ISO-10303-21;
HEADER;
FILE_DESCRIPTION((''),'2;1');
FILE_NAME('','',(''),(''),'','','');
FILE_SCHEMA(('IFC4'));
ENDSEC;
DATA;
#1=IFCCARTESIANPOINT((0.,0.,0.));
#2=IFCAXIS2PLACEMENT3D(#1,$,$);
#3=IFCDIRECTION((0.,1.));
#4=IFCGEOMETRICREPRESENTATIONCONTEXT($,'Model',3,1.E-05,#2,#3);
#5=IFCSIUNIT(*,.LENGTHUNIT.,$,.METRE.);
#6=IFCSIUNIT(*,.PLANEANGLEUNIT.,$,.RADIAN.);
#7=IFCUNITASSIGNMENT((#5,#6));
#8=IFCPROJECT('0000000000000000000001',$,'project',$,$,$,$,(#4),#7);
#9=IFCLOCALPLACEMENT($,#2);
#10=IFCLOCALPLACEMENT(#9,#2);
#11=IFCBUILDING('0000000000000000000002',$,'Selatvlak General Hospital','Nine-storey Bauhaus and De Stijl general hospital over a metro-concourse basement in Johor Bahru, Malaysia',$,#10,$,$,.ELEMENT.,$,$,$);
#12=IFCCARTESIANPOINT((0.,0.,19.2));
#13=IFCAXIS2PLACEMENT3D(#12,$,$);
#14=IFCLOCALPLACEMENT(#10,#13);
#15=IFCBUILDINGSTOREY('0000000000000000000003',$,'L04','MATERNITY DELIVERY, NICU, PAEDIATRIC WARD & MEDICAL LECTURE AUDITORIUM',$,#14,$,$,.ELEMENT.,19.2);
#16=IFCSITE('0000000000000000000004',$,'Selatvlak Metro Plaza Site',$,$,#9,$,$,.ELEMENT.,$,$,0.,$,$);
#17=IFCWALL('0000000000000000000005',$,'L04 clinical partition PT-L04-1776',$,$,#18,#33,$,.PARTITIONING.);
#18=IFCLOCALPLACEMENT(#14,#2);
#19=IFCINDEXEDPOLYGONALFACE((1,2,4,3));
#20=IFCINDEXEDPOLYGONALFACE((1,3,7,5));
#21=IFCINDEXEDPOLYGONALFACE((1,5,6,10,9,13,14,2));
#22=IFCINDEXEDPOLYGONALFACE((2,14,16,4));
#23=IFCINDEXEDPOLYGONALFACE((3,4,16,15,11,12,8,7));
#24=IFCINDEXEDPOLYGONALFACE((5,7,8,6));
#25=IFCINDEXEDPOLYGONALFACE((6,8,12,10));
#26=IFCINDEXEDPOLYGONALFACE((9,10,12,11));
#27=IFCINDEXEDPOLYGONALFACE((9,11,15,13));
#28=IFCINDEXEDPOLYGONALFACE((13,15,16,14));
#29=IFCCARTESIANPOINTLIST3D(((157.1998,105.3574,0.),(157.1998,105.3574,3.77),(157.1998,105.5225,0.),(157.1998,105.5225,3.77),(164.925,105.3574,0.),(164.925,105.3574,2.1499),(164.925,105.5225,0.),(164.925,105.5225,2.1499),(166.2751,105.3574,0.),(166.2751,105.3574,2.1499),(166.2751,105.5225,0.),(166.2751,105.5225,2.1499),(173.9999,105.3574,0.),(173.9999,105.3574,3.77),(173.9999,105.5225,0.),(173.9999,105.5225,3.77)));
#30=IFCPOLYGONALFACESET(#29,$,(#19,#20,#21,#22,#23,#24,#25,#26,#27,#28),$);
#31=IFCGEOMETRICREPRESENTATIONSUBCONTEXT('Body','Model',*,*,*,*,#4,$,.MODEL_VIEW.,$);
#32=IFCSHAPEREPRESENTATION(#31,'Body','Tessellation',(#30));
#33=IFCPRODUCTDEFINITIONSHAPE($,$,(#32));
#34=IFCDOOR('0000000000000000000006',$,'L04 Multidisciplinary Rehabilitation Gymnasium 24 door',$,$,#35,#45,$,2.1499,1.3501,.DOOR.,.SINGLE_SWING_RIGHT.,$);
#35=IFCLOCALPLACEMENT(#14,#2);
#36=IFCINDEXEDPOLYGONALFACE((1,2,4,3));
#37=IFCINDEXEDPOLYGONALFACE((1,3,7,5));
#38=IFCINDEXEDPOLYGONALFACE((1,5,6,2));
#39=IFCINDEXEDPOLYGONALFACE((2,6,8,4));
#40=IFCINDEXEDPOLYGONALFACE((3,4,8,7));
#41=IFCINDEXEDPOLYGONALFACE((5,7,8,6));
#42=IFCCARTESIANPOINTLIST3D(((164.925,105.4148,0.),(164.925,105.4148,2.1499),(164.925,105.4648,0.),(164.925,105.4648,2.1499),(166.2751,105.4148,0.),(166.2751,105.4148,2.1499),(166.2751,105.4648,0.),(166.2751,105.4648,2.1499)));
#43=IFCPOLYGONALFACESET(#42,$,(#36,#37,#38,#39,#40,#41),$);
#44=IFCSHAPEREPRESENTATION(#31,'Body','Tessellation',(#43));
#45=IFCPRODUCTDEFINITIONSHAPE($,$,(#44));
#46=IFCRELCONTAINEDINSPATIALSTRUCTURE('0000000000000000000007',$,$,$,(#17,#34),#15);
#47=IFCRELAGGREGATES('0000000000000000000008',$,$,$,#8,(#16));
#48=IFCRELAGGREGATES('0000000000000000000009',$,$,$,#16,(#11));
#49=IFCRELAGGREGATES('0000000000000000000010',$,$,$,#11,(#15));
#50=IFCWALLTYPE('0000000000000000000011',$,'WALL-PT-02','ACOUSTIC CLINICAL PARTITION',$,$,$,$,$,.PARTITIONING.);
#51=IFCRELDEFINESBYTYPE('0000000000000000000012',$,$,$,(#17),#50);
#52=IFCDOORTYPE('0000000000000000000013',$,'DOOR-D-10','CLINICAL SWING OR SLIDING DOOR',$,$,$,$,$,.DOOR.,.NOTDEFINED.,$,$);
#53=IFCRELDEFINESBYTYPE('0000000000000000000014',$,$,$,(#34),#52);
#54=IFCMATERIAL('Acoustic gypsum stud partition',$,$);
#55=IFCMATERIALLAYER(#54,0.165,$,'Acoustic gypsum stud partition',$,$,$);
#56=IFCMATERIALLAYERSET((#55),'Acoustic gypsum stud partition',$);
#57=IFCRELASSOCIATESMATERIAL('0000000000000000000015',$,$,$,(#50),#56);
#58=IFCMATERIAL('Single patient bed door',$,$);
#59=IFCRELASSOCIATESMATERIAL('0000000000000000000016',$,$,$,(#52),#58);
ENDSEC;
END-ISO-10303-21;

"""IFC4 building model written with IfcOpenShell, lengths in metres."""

from ifc_helpers import new_model, si_unit, direction, frame, frame_2d, origin, place, context, subcontext, project, spatial, rectangle, extrude, material, layer, layer_set, type_object, element, fill, save


model = new_model("IFC4")

# Units and contexts
model_context = context("Model", 3, precision=1e-05, world=origin(), true_north=direction((0.0, 1.0)))
body_context = subcontext(model_context, "Body", "Model", "MODEL_VIEW")
ifc_project = project(units=[si_unit("LENGTHUNIT", "METRE"), si_unit("PLANEANGLEUNIT", "RADIAN")], contexts=[model_context])

# Site, building, storey
site_placement = place(None, origin())
site = spatial("IfcSite", under=ifc_project, at=site_placement, Name="Selatvlak Metro Plaza Site", CompositionType="ELEMENT", RefElevation=0.0)
building_placement = place(site_placement, origin())
building = spatial("IfcBuilding", under=site, at=building_placement, Name="Selatvlak General Hospital", Description="Nine-storey Bauhaus and De Stijl general hospital over a metro-concourse basement in Johor Bahru, Malaysia", CompositionType="ELEMENT")
storey_placement = place(building_placement, frame((0.0, 0.0, 19.2)))
storey = spatial("IfcBuildingStorey", under=building, at=storey_placement, Name="L04", Description="MATERNITY DELIVERY, NICU, PAEDIATRIC WARD & MEDICAL LECTURE AUDITORIUM", CompositionType="ELEMENT", Elevation=19.2)

# Shared definitions
ifc_material_1 = material(Name="Acoustic gypsum stud partition")

# Wall, opening, door
ifc_layer_1 = layer(ifc_material_1, 0.165, Name="Acoustic gypsum stud partition")
ifc_layer_set_1 = layer_set([ifc_layer_1], Name="Acoustic gypsum stud partition")
wall_type_1 = type_object("IfcWallType", Name="WALL-PT-02", Description="ACOUSTIC CLINICAL PARTITION", PredefinedType="PARTITIONING", material=ifc_layer_set_1)
wall_1_placement = place(storey_placement, frame((157.2, 105.4399, 0.0), z_axis=(0.0, 0.0, 1.0), x_axis=(1.0, 0.0, 0.0)))
wall_1 = element("IfcWall", 1, at=wall_1_placement, inside=storey, type_object=wall_type_1, Name="L04 clinical partition PT-L04-1776", PredefinedType="PARTITIONING", context=body_context, shape_type="SweptSolid", body=[
    extrude(rectangle(XDim=16.8, YDim=0.165, at=frame_2d((8.3999, 0.0))), origin(), (0.0, 0.0, 1.0), 3.77),
])
opening_1_placement = place(wall_1_placement, frame((7.7251, 0.0, 0.0)))
opening_1 = element("IfcOpeningElement", 2, at=opening_1_placement, cuts=wall_1, PredefinedType="OPENING", context=body_context, shape_type="SweptSolid", body=[
    extrude(rectangle(XDim=1.3501, YDim=2.1499, at=frame_2d((0.675, 1.075))), frame((0.0, 0.0925, 0.0), z_axis=(0.0, -1.0, 0.0), x_axis=(1.0, 0.0, 0.0)), (0.0, 0.0, 1.0), 0.1851),
])
ifc_material_2 = material(Name="Single patient bed door")
door_type_1 = type_object("IfcDoorType", Name="DOOR-D-10", Description="CLINICAL SWING OR SLIDING DOOR", OperationType="NOTDEFINED", PredefinedType="DOOR", material=ifc_material_2)
door_1_placement = place(opening_1_placement, origin())
door_1 = element("IfcDoor", 3, at=door_1_placement, inside=storey, type_object=door_type_1, Name="L04 Multidisciplinary Rehabilitation Gymnasium 24 door", OperationType="SINGLE_SWING_RIGHT", OverallHeight=2.1499, OverallWidth=1.3501, PredefinedType="DOOR", context=body_context, shape_type="SweptSolid", body=[
    extrude(rectangle(XDim=1.3501, YDim=2.1499, at=frame_2d((0.675, 1.075))), frame((0.0, 0.0249, 0.0), z_axis=(0.0, -1.0, 0.0), x_axis=(1.0, 0.0, 0.0)), (0.0, 0.0, 1.0), 0.05),
])
fill(opening_1, door_1)

save(model, "model.ifc")
